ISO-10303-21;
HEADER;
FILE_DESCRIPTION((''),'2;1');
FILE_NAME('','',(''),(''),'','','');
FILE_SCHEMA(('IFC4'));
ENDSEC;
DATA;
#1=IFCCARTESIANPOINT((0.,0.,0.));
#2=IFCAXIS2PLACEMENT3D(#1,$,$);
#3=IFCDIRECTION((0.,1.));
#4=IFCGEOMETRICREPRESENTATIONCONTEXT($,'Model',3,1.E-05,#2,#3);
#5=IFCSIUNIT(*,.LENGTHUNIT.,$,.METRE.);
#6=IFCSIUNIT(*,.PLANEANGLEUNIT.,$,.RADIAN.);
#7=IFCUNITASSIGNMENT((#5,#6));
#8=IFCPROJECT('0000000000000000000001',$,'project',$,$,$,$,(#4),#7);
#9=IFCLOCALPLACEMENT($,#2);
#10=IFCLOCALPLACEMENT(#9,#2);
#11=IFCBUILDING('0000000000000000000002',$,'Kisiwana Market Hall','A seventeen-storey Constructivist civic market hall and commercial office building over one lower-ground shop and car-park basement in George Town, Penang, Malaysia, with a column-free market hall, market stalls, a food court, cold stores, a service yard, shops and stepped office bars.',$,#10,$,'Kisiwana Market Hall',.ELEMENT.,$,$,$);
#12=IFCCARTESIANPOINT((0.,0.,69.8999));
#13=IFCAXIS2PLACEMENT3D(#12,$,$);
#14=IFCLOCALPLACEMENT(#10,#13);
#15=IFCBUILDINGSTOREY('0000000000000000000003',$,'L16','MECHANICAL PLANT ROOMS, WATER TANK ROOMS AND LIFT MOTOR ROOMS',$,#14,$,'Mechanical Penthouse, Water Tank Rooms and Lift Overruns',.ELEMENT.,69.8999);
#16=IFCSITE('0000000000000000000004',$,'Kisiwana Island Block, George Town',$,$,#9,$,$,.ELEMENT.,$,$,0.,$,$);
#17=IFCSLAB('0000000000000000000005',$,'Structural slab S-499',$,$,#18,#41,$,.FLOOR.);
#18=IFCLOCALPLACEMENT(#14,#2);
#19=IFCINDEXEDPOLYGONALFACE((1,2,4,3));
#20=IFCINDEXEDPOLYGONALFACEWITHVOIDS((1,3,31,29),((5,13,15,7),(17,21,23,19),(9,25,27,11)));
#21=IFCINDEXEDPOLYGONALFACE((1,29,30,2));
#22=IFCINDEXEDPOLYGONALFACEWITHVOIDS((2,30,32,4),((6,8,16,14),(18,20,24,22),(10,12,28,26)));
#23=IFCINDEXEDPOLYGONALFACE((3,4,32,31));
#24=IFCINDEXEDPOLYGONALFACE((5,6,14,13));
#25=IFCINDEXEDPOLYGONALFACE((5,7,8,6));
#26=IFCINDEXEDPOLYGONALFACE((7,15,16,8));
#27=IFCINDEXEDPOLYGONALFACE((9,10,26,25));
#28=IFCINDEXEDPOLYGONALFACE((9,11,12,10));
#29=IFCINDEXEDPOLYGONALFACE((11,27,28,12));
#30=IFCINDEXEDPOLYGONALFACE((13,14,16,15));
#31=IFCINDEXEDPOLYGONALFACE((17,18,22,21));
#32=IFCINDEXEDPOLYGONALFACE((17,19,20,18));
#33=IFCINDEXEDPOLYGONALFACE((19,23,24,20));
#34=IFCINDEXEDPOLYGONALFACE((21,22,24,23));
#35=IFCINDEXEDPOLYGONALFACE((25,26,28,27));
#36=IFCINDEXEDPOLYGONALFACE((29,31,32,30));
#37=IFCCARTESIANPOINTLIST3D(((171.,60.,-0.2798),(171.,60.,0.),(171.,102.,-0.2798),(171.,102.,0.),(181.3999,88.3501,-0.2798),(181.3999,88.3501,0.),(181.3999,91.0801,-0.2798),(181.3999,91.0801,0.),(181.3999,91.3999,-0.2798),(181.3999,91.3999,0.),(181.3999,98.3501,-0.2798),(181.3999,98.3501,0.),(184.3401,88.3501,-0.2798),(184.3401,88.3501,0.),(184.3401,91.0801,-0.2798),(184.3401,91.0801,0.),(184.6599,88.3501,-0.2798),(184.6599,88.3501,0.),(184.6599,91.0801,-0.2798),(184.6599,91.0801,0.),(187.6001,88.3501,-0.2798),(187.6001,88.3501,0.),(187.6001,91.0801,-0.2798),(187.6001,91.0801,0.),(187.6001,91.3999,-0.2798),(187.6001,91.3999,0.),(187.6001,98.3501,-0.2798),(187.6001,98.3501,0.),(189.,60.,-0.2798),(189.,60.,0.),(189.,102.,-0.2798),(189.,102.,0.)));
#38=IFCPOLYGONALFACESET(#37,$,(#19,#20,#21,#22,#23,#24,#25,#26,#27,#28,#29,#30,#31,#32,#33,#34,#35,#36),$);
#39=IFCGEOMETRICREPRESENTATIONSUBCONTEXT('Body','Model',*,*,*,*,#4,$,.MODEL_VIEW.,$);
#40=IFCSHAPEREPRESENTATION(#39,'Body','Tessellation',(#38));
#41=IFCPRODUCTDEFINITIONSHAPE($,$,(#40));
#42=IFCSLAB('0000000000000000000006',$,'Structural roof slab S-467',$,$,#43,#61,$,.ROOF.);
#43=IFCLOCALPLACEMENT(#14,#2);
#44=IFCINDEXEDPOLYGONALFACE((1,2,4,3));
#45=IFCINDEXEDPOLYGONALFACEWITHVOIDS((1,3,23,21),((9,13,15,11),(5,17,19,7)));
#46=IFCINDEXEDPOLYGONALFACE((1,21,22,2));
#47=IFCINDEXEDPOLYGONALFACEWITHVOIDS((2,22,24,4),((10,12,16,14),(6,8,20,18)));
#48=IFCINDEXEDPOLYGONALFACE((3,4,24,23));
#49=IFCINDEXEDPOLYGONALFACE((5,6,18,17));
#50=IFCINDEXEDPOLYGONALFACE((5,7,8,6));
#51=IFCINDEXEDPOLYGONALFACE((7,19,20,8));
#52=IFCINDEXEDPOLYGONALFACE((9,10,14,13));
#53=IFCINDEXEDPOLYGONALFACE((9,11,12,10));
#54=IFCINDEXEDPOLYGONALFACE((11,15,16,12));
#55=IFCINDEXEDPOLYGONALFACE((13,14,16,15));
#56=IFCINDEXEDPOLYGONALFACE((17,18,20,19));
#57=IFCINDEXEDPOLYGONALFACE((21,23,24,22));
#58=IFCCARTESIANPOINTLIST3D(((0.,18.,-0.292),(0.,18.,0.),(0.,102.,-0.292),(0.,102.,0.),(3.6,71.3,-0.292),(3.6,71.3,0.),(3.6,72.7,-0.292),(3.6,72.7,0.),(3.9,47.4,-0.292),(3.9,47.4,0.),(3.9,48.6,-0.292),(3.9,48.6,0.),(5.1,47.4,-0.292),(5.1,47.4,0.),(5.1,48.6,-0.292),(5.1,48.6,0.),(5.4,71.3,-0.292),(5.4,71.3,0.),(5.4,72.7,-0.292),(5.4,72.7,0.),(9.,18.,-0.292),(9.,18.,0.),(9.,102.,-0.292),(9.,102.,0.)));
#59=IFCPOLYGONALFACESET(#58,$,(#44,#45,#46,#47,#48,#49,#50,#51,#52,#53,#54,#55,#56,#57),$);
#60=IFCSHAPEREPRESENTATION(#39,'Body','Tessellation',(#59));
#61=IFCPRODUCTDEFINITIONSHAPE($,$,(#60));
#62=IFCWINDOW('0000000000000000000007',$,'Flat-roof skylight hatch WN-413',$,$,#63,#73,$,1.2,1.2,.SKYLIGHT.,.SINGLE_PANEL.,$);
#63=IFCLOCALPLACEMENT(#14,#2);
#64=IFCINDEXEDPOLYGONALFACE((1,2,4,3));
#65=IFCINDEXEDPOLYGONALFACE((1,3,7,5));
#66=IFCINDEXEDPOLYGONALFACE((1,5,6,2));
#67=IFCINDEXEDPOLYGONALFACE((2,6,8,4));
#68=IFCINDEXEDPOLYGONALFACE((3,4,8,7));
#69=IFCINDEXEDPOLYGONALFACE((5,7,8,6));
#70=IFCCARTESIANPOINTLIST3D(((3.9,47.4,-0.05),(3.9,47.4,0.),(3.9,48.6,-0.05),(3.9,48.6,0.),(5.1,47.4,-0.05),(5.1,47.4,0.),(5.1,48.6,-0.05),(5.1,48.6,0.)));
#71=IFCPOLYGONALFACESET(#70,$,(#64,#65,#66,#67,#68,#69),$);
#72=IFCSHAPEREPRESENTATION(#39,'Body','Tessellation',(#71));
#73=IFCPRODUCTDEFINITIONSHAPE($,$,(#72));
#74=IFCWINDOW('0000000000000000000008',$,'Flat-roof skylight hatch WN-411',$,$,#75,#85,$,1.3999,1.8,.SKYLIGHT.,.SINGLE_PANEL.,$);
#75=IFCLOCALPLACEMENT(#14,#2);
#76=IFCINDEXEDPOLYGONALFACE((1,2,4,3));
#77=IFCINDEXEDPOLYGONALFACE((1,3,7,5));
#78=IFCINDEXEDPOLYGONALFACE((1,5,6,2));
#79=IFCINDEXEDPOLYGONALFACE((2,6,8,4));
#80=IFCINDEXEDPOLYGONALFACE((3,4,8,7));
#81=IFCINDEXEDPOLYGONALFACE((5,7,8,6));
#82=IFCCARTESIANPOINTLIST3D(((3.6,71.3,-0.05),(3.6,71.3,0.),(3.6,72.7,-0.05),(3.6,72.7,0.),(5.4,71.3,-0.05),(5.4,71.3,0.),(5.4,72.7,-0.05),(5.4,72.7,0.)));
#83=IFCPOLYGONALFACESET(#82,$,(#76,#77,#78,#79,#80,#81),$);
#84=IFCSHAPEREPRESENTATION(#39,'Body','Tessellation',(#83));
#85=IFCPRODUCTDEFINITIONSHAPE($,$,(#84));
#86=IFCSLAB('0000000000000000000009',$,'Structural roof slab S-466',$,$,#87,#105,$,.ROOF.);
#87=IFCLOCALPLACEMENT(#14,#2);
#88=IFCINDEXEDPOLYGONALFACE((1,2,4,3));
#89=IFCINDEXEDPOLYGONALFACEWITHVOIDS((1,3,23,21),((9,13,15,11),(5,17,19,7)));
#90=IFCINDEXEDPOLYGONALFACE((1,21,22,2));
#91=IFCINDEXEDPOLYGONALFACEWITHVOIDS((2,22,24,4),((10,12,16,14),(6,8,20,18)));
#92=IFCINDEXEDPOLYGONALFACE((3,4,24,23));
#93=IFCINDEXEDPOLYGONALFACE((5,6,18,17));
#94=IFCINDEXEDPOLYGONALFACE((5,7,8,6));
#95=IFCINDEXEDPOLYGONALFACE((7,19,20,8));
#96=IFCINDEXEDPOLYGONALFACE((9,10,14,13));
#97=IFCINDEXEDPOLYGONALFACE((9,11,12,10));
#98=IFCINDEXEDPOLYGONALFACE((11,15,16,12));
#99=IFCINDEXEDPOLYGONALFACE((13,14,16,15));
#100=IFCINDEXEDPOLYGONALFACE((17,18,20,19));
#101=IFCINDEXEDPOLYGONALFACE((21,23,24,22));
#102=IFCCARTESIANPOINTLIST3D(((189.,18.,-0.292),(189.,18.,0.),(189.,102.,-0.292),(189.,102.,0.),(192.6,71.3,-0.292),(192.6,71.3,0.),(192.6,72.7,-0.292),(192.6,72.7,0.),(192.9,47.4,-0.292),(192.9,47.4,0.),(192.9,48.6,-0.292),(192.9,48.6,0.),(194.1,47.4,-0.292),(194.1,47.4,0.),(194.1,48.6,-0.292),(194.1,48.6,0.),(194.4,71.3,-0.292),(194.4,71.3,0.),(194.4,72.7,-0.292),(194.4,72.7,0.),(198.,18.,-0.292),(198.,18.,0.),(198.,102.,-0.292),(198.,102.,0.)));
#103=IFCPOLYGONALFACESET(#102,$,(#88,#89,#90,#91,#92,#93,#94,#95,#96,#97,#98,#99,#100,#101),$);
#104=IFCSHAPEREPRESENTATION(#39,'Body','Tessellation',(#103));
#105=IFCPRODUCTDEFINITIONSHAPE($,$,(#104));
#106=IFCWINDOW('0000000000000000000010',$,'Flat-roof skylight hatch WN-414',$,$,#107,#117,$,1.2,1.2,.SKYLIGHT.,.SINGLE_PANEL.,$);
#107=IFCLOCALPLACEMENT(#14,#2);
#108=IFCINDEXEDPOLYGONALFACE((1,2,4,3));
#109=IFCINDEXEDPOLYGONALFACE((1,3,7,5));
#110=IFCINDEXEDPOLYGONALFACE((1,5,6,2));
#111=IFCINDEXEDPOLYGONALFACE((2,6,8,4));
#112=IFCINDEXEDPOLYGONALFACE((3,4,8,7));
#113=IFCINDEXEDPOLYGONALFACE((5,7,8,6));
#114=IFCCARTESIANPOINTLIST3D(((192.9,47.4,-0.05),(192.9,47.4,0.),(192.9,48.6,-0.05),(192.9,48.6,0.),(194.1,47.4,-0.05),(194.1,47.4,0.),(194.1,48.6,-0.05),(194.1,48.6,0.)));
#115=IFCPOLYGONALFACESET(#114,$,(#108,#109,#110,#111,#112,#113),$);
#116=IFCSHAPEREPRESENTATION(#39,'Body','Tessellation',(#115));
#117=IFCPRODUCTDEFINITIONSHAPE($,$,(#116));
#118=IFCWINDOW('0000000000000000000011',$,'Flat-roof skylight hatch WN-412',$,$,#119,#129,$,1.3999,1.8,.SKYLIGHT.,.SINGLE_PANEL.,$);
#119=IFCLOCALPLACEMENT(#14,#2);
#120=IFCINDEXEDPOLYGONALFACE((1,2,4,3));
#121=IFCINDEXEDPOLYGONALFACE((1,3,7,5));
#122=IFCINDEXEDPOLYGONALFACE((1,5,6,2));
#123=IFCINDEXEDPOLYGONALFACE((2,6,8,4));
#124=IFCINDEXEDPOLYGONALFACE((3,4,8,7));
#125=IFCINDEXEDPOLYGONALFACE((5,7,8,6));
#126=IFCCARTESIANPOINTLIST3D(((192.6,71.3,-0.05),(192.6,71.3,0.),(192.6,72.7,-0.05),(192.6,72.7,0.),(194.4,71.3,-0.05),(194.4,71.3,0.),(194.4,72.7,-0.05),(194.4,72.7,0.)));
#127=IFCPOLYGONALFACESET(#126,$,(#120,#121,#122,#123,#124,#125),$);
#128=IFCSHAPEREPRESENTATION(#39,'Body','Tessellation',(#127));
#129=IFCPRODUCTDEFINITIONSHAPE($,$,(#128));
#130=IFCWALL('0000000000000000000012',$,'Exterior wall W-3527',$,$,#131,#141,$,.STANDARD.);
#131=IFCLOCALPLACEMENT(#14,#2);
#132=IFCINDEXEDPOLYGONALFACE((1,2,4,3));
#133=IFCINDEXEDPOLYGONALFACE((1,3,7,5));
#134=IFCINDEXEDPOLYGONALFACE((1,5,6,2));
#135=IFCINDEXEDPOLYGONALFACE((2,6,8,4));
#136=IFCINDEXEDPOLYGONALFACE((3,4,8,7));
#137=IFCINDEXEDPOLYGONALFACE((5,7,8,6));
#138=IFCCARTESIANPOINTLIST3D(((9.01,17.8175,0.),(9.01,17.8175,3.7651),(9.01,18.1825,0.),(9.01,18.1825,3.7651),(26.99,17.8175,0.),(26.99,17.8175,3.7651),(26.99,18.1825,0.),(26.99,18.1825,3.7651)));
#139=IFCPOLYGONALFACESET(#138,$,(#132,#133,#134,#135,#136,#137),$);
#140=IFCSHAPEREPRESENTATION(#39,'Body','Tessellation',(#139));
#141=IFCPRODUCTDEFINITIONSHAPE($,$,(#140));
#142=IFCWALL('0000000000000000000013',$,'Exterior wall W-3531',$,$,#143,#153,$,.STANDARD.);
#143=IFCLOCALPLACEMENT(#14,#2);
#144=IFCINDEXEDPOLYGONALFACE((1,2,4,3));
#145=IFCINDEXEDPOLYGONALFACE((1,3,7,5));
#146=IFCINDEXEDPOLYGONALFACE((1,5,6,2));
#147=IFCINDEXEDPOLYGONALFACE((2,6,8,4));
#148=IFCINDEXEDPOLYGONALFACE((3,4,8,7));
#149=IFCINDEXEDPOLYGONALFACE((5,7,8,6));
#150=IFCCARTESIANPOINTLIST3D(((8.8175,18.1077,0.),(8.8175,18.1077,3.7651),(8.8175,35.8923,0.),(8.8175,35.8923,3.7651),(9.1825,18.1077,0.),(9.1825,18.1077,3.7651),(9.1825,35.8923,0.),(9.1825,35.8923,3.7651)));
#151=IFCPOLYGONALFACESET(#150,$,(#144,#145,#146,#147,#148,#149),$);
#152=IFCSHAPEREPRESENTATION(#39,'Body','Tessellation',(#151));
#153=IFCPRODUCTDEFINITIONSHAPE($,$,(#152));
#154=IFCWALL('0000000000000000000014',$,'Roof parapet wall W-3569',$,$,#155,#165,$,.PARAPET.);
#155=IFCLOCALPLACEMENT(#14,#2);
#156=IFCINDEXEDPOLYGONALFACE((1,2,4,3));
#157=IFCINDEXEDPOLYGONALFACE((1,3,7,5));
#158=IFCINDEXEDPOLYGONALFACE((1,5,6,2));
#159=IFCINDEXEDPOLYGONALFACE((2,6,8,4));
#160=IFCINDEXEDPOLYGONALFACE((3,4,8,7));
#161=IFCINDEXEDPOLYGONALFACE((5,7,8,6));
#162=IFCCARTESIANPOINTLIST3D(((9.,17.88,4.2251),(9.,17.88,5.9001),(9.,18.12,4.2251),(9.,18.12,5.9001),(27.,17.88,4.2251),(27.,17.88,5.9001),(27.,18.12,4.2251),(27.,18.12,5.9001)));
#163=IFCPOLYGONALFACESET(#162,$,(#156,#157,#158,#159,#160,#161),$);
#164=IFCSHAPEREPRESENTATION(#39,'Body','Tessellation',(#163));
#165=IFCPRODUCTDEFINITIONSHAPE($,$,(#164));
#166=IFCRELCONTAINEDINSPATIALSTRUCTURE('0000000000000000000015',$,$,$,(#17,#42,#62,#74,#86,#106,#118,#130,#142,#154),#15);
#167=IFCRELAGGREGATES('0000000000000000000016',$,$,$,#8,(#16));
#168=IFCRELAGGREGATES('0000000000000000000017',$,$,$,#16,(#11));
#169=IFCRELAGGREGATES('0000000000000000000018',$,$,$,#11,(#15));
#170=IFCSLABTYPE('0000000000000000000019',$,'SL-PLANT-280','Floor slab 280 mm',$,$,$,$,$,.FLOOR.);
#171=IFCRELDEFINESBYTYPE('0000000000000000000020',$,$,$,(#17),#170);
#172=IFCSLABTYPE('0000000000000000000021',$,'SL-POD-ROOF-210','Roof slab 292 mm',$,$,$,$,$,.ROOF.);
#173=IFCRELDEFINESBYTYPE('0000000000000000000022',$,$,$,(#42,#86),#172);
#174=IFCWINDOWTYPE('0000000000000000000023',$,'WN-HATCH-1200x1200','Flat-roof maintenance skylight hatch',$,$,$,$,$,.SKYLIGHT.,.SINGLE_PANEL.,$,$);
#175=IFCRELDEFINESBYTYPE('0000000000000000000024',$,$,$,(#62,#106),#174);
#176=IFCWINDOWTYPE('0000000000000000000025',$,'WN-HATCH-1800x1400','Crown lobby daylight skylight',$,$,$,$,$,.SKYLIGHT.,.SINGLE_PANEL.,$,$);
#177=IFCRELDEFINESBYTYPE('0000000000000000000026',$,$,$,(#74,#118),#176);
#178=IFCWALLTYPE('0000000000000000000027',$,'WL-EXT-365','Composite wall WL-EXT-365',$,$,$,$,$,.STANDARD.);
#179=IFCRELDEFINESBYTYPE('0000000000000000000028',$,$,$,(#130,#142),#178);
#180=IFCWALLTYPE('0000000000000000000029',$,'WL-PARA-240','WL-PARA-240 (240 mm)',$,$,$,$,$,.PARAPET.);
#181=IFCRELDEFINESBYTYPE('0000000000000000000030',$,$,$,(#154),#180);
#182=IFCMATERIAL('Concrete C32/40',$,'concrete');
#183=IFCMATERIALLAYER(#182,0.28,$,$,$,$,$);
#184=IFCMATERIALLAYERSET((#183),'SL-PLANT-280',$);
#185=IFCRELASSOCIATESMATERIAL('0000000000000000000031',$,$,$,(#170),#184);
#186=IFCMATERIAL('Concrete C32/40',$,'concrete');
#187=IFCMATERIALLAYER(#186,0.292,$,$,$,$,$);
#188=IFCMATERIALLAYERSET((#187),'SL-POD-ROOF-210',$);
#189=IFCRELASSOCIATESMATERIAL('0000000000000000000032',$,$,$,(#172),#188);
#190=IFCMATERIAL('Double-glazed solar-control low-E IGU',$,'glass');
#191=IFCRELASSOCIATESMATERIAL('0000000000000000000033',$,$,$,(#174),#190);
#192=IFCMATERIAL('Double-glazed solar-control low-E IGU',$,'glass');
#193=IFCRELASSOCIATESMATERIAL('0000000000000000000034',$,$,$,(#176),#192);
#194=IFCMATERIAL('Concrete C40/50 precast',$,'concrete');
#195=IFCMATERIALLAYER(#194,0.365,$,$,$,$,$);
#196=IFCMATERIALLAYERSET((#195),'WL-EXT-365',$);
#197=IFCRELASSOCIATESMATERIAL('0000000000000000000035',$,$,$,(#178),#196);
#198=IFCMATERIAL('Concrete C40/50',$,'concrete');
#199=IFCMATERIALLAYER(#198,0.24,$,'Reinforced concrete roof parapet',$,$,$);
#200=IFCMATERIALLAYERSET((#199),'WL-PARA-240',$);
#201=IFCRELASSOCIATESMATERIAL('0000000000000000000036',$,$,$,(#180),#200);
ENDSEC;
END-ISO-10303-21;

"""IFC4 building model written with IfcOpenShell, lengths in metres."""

from ifc_helpers import new_model, si_unit, direction, frame, frame_2d, origin, origin_2d, place, context, subcontext, project, spatial, polyline, rectangle, outline, extrude, material, layer, layer_set, type_object, element, fill, save


model = new_model("IFC4")

# Units and contexts
model_context = context("Model", 3, precision=1e-05, world=origin(), true_north=direction((0.0, 1.0)))
body_context = subcontext(model_context, "Body", "Model", "MODEL_VIEW")
ifc_project = project(units=[si_unit("LENGTHUNIT", "METRE"), si_unit("PLANEANGLEUNIT", "RADIAN")], contexts=[model_context])

# Site, building, storey
site_placement = place(None, origin())
site = spatial("IfcSite", under=ifc_project, at=site_placement, Name="Kisiwana Island Block, George Town", CompositionType="ELEMENT", RefElevation=0.0)
building_placement = place(site_placement, origin())
building = spatial("IfcBuilding", under=site, at=building_placement, Name="Kisiwana Market Hall", Description="A seventeen-storey Constructivist civic market hall and commercial office building over one lower-ground shop and car-park basement in George Town, Penang, Malaysia, with a column-free market hall, market stalls, a food court, cold stores, a service yard, shops and stepped office bars.", LongName="Kisiwana Market Hall", CompositionType="ELEMENT")
storey_placement = place(building_placement, frame((0.0, 0.0, 69.8999)))
storey = spatial("IfcBuildingStorey", under=building, at=storey_placement, Name="L16", Description="MECHANICAL PLANT ROOMS, WATER TANK ROOMS AND LIFT MOTOR ROOMS", LongName="Mechanical Penthouse, Water Tank Rooms and Lift Overruns", CompositionType="ELEMENT", Elevation=69.8999)

# Slab
ifc_material_1 = material(Name="Concrete C32/40", Category="concrete")
ifc_layer_1 = layer(ifc_material_1, 0.28)
ifc_layer_set_1 = layer_set([ifc_layer_1], Name="SL-PLANT-280")
slab_type_1 = type_object("IfcSlabType", Name="SL-PLANT-280", Description="Floor slab 280 mm", PredefinedType="FLOOR", material=ifc_layer_set_1)
slab_1_placement = place(storey_placement, frame((0.0, 0.0, -0.2798)))
element("IfcSlab", 1, at=slab_1_placement, inside=storey, type_object=slab_type_1, Name="Structural slab S-499", PredefinedType="FLOOR", context=body_context, shape_type="SweptSolid", body=[
    extrude(outline(polyline([(171.0, 60.0), (189.0, 60.0), (189.0, 102.0), (171.0, 102.0), (171.0, 60.0)]), holes=[polyline([(181.3999, 91.3999), (187.6001, 91.3999), (187.6001, 98.3501), (181.3999, 98.3501), (181.3999, 91.3999)]), polyline([(181.3999, 88.3501), (184.3401, 88.3501), (184.3401, 91.0801), (181.3999, 91.0801), (181.3999, 88.3501)]), polyline([(184.6599, 88.3501), (187.6001, 88.3501), (187.6001, 91.0801), (184.6599, 91.0801), (184.6599, 88.3501)])]), origin(), (0.0, 0.0, 1.0), 0.2798),
])

# Slabs, openings, windows
ifc_material_2 = material(Name="Concrete C32/40", Category="concrete")
ifc_layer_2 = layer(ifc_material_2, 0.292)
ifc_layer_set_2 = layer_set([ifc_layer_2], Name="SL-POD-ROOF-210")
slab_type_2 = type_object("IfcSlabType", Name="SL-POD-ROOF-210", Description="Roof slab 292 mm", PredefinedType="ROOF", material=ifc_layer_set_2)
slab_2_placement = place(storey_placement, frame((0.0, 0.0, -0.292)))
slab_2 = element("IfcSlab", 2, at=slab_2_placement, inside=storey, type_object=slab_type_2, Name="Structural roof slab S-467", PredefinedType="ROOF", context=body_context, shape_type="SweptSolid", body=[
    extrude(outline(polyline([(0.0, 18.0), (9.0, 18.0), (9.0, 102.0), (0.0, 102.0), (0.0, 18.0)])), origin(), (0.0, 0.0, 1.0), 0.292),
])
opening_1_placement = place(slab_2_placement, frame((4.5, 48.0, 0.0)))
opening_1 = element("IfcOpeningElement", 3, at=opening_1_placement, cuts=slab_2, PredefinedType="OPENING", context=body_context, shape_type="SweptSolid", body=[
    extrude(rectangle(XDim=1.2, YDim=1.2, at=origin_2d()), origin(), (0.0, 0.0, 1.0), 0.292),
])
opening_2_placement = place(slab_2_placement, frame((4.5, 72.0, 0.0)))
opening_2 = element("IfcOpeningElement", 4, at=opening_2_placement, cuts=slab_2, PredefinedType="OPENING", context=body_context, shape_type="SweptSolid", body=[
    extrude(rectangle(XDim=1.8, YDim=1.3999, at=origin_2d()), origin(), (0.0, 0.0, 1.0), 0.292),
])
ifc_material_3 = material(Name="Double-glazed solar-control low-E IGU", Category="glass")
window_type_1 = type_object("IfcWindowType", Name="WN-HATCH-1200x1200", Description="Flat-roof maintenance skylight hatch", PartitioningType="SINGLE_PANEL", PredefinedType="SKYLIGHT", material=ifc_material_3)
window_1_placement = place(opening_1_placement, frame((0.0, 0.0, 0.2419)))
window_1 = element("IfcWindow", 5, at=window_1_placement, inside=storey, type_object=window_type_1, Name="Flat-roof skylight hatch WN-413", OverallHeight=1.2, OverallWidth=1.2, PartitioningType="SINGLE_PANEL", PredefinedType="SKYLIGHT", context=body_context, shape_type="SweptSolid", body=[
    extrude(rectangle(XDim=1.2, YDim=1.2, at=origin_2d()), origin(), (0.0, 0.0, 1.0), 0.05),
])
fill(opening_1, window_1)
ifc_material_4 = material(Name="Double-glazed solar-control low-E IGU", Category="glass")
window_type_2 = type_object("IfcWindowType", Name="WN-HATCH-1800x1400", Description="Crown lobby daylight skylight", PartitioningType="SINGLE_PANEL", PredefinedType="SKYLIGHT", material=ifc_material_4)
window_2_placement = place(opening_2_placement, frame((0.0, 0.0, 0.2419)))
window_2 = element("IfcWindow", 6, at=window_2_placement, inside=storey, type_object=window_type_2, Name="Flat-roof skylight hatch WN-411", OverallHeight=1.3999, OverallWidth=1.8, PartitioningType="SINGLE_PANEL", PredefinedType="SKYLIGHT", context=body_context, shape_type="SweptSolid", body=[
    extrude(rectangle(XDim=1.8, YDim=1.3999, at=origin_2d()), origin(), (0.0, 0.0, 1.0), 0.05),
])
fill(opening_2, window_2)
slab_3_placement = place(storey_placement, frame((0.0, 0.0, -0.292)))
slab_3 = element("IfcSlab", 7, at=slab_3_placement, inside=storey, type_object=slab_type_2, Name="Structural roof slab S-466", PredefinedType="ROOF", context=body_context, shape_type="SweptSolid", body=[
    extrude(outline(polyline([(189.0, 18.0), (198.0, 18.0), (198.0, 102.0), (189.0, 102.0), (189.0, 18.0)])), origin(), (0.0, 0.0, 1.0), 0.292),
])
opening_3_placement = place(slab_3_placement, frame((193.5, 48.0, 0.0)))
opening_3 = element("IfcOpeningElement", 8, at=opening_3_placement, cuts=slab_3, PredefinedType="OPENING", context=body_context, shape_type="SweptSolid", body=[
    extrude(rectangle(XDim=1.2, YDim=1.2, at=origin_2d()), origin(), (0.0, 0.0, 1.0), 0.292),
])
opening_4_placement = place(slab_3_placement, frame((193.5, 72.0, 0.0)))
opening_4 = element("IfcOpeningElement", 9, at=opening_4_placement, cuts=slab_3, PredefinedType="OPENING", context=body_context, shape_type="SweptSolid", body=[
    extrude(rectangle(XDim=1.8, YDim=1.3999, at=origin_2d()), origin(), (0.0, 0.0, 1.0), 0.292),
])
window_3_placement = place(opening_3_placement, frame((0.0, 0.0, 0.2419)))
window_3 = element("IfcWindow", 10, at=window_3_placement, inside=storey, type_object=window_type_1, Name="Flat-roof skylight hatch WN-414", OverallHeight=1.2, OverallWidth=1.2, PartitioningType="SINGLE_PANEL", PredefinedType="SKYLIGHT", context=body_context, shape_type="SweptSolid", body=[
    extrude(rectangle(XDim=1.2, YDim=1.2, at=origin_2d()), origin(), (0.0, 0.0, 1.0), 0.05),
])
fill(opening_3, window_3)
window_4_placement = place(opening_4_placement, frame((0.0, 0.0, 0.2419)))
window_4 = element("IfcWindow", 11, at=window_4_placement, inside=storey, type_object=window_type_2, Name="Flat-roof skylight hatch WN-412", OverallHeight=1.3999, OverallWidth=1.8, PartitioningType="SINGLE_PANEL", PredefinedType="SKYLIGHT", context=body_context, shape_type="SweptSolid", body=[
    extrude(rectangle(XDim=1.8, YDim=1.3999, at=origin_2d()), origin(), (0.0, 0.0, 1.0), 0.05),
])
fill(opening_4, window_4)

# Walls
ifc_material_5 = material(Name="Concrete C40/50 precast", Category="concrete")
ifc_layer_3 = layer(ifc_material_5, 0.365)
ifc_layer_set_3 = layer_set([ifc_layer_3], Name="WL-EXT-365")
wall_type_1 = type_object("IfcWallType", Name="WL-EXT-365", Description="Composite wall WL-EXT-365", PredefinedType="STANDARD", material=ifc_layer_set_3)
wall_1_placement = place(storey_placement, frame((9.01, 18.0, 0.0), z_axis=(0.0, 0.0, 1.0), x_axis=(1.0, 0.0, 0.0)))
element("IfcWall", 12, at=wall_1_placement, inside=storey, type_object=wall_type_1, Name="Exterior wall W-3527", PredefinedType="STANDARD", context=body_context, shape_type="SweptSolid", body=[
    extrude(rectangle(XDim=17.98, YDim=0.365, at=frame_2d((8.99, 0.0))), origin(), (0.0, 0.0, 1.0), 3.7651),
])
wall_2_placement = place(storey_placement, frame((9.0, 18.1077, 0.0), z_axis=(0.0, 0.0, 1.0), x_axis=(0.0, 1.0, 0.0)))
element("IfcWall", 13, at=wall_2_placement, inside=storey, type_object=wall_type_1, Name="Exterior wall W-3531", PredefinedType="STANDARD", context=body_context, shape_type="SweptSolid", body=[
    extrude(rectangle(XDim=17.7847, YDim=0.365, at=frame_2d((8.8923, 0.0))), origin(), (0.0, 0.0, 1.0), 3.7651),
])
ifc_material_6 = material(Name="Concrete C40/50", Category="concrete")
ifc_layer_4 = layer(ifc_material_6, 0.24, Name="Reinforced concrete roof parapet")
ifc_layer_set_4 = layer_set([ifc_layer_4], Name="WL-PARA-240")
wall_type_2 = type_object("IfcWallType", Name="WL-PARA-240", Description="WL-PARA-240 (240 mm)", PredefinedType="PARAPET", material=ifc_layer_set_4)
wall_3_placement = place(storey_placement, frame((9.0, 18.0, 4.2251), z_axis=(0.0, 0.0, 1.0), x_axis=(1.0, 0.0, 0.0)))
element("IfcWall", 14, at=wall_3_placement, inside=storey, type_object=wall_type_2, Name="Roof parapet wall W-3569", PredefinedType="PARAPET", context=body_context, shape_type="SweptSolid", body=[
    extrude(rectangle(XDim=18.0, YDim=0.24, at=frame_2d((9.0, 0.0))), origin(), (0.0, 0.0, 1.0), 1.675),
])

save(model, "model.ifc")
